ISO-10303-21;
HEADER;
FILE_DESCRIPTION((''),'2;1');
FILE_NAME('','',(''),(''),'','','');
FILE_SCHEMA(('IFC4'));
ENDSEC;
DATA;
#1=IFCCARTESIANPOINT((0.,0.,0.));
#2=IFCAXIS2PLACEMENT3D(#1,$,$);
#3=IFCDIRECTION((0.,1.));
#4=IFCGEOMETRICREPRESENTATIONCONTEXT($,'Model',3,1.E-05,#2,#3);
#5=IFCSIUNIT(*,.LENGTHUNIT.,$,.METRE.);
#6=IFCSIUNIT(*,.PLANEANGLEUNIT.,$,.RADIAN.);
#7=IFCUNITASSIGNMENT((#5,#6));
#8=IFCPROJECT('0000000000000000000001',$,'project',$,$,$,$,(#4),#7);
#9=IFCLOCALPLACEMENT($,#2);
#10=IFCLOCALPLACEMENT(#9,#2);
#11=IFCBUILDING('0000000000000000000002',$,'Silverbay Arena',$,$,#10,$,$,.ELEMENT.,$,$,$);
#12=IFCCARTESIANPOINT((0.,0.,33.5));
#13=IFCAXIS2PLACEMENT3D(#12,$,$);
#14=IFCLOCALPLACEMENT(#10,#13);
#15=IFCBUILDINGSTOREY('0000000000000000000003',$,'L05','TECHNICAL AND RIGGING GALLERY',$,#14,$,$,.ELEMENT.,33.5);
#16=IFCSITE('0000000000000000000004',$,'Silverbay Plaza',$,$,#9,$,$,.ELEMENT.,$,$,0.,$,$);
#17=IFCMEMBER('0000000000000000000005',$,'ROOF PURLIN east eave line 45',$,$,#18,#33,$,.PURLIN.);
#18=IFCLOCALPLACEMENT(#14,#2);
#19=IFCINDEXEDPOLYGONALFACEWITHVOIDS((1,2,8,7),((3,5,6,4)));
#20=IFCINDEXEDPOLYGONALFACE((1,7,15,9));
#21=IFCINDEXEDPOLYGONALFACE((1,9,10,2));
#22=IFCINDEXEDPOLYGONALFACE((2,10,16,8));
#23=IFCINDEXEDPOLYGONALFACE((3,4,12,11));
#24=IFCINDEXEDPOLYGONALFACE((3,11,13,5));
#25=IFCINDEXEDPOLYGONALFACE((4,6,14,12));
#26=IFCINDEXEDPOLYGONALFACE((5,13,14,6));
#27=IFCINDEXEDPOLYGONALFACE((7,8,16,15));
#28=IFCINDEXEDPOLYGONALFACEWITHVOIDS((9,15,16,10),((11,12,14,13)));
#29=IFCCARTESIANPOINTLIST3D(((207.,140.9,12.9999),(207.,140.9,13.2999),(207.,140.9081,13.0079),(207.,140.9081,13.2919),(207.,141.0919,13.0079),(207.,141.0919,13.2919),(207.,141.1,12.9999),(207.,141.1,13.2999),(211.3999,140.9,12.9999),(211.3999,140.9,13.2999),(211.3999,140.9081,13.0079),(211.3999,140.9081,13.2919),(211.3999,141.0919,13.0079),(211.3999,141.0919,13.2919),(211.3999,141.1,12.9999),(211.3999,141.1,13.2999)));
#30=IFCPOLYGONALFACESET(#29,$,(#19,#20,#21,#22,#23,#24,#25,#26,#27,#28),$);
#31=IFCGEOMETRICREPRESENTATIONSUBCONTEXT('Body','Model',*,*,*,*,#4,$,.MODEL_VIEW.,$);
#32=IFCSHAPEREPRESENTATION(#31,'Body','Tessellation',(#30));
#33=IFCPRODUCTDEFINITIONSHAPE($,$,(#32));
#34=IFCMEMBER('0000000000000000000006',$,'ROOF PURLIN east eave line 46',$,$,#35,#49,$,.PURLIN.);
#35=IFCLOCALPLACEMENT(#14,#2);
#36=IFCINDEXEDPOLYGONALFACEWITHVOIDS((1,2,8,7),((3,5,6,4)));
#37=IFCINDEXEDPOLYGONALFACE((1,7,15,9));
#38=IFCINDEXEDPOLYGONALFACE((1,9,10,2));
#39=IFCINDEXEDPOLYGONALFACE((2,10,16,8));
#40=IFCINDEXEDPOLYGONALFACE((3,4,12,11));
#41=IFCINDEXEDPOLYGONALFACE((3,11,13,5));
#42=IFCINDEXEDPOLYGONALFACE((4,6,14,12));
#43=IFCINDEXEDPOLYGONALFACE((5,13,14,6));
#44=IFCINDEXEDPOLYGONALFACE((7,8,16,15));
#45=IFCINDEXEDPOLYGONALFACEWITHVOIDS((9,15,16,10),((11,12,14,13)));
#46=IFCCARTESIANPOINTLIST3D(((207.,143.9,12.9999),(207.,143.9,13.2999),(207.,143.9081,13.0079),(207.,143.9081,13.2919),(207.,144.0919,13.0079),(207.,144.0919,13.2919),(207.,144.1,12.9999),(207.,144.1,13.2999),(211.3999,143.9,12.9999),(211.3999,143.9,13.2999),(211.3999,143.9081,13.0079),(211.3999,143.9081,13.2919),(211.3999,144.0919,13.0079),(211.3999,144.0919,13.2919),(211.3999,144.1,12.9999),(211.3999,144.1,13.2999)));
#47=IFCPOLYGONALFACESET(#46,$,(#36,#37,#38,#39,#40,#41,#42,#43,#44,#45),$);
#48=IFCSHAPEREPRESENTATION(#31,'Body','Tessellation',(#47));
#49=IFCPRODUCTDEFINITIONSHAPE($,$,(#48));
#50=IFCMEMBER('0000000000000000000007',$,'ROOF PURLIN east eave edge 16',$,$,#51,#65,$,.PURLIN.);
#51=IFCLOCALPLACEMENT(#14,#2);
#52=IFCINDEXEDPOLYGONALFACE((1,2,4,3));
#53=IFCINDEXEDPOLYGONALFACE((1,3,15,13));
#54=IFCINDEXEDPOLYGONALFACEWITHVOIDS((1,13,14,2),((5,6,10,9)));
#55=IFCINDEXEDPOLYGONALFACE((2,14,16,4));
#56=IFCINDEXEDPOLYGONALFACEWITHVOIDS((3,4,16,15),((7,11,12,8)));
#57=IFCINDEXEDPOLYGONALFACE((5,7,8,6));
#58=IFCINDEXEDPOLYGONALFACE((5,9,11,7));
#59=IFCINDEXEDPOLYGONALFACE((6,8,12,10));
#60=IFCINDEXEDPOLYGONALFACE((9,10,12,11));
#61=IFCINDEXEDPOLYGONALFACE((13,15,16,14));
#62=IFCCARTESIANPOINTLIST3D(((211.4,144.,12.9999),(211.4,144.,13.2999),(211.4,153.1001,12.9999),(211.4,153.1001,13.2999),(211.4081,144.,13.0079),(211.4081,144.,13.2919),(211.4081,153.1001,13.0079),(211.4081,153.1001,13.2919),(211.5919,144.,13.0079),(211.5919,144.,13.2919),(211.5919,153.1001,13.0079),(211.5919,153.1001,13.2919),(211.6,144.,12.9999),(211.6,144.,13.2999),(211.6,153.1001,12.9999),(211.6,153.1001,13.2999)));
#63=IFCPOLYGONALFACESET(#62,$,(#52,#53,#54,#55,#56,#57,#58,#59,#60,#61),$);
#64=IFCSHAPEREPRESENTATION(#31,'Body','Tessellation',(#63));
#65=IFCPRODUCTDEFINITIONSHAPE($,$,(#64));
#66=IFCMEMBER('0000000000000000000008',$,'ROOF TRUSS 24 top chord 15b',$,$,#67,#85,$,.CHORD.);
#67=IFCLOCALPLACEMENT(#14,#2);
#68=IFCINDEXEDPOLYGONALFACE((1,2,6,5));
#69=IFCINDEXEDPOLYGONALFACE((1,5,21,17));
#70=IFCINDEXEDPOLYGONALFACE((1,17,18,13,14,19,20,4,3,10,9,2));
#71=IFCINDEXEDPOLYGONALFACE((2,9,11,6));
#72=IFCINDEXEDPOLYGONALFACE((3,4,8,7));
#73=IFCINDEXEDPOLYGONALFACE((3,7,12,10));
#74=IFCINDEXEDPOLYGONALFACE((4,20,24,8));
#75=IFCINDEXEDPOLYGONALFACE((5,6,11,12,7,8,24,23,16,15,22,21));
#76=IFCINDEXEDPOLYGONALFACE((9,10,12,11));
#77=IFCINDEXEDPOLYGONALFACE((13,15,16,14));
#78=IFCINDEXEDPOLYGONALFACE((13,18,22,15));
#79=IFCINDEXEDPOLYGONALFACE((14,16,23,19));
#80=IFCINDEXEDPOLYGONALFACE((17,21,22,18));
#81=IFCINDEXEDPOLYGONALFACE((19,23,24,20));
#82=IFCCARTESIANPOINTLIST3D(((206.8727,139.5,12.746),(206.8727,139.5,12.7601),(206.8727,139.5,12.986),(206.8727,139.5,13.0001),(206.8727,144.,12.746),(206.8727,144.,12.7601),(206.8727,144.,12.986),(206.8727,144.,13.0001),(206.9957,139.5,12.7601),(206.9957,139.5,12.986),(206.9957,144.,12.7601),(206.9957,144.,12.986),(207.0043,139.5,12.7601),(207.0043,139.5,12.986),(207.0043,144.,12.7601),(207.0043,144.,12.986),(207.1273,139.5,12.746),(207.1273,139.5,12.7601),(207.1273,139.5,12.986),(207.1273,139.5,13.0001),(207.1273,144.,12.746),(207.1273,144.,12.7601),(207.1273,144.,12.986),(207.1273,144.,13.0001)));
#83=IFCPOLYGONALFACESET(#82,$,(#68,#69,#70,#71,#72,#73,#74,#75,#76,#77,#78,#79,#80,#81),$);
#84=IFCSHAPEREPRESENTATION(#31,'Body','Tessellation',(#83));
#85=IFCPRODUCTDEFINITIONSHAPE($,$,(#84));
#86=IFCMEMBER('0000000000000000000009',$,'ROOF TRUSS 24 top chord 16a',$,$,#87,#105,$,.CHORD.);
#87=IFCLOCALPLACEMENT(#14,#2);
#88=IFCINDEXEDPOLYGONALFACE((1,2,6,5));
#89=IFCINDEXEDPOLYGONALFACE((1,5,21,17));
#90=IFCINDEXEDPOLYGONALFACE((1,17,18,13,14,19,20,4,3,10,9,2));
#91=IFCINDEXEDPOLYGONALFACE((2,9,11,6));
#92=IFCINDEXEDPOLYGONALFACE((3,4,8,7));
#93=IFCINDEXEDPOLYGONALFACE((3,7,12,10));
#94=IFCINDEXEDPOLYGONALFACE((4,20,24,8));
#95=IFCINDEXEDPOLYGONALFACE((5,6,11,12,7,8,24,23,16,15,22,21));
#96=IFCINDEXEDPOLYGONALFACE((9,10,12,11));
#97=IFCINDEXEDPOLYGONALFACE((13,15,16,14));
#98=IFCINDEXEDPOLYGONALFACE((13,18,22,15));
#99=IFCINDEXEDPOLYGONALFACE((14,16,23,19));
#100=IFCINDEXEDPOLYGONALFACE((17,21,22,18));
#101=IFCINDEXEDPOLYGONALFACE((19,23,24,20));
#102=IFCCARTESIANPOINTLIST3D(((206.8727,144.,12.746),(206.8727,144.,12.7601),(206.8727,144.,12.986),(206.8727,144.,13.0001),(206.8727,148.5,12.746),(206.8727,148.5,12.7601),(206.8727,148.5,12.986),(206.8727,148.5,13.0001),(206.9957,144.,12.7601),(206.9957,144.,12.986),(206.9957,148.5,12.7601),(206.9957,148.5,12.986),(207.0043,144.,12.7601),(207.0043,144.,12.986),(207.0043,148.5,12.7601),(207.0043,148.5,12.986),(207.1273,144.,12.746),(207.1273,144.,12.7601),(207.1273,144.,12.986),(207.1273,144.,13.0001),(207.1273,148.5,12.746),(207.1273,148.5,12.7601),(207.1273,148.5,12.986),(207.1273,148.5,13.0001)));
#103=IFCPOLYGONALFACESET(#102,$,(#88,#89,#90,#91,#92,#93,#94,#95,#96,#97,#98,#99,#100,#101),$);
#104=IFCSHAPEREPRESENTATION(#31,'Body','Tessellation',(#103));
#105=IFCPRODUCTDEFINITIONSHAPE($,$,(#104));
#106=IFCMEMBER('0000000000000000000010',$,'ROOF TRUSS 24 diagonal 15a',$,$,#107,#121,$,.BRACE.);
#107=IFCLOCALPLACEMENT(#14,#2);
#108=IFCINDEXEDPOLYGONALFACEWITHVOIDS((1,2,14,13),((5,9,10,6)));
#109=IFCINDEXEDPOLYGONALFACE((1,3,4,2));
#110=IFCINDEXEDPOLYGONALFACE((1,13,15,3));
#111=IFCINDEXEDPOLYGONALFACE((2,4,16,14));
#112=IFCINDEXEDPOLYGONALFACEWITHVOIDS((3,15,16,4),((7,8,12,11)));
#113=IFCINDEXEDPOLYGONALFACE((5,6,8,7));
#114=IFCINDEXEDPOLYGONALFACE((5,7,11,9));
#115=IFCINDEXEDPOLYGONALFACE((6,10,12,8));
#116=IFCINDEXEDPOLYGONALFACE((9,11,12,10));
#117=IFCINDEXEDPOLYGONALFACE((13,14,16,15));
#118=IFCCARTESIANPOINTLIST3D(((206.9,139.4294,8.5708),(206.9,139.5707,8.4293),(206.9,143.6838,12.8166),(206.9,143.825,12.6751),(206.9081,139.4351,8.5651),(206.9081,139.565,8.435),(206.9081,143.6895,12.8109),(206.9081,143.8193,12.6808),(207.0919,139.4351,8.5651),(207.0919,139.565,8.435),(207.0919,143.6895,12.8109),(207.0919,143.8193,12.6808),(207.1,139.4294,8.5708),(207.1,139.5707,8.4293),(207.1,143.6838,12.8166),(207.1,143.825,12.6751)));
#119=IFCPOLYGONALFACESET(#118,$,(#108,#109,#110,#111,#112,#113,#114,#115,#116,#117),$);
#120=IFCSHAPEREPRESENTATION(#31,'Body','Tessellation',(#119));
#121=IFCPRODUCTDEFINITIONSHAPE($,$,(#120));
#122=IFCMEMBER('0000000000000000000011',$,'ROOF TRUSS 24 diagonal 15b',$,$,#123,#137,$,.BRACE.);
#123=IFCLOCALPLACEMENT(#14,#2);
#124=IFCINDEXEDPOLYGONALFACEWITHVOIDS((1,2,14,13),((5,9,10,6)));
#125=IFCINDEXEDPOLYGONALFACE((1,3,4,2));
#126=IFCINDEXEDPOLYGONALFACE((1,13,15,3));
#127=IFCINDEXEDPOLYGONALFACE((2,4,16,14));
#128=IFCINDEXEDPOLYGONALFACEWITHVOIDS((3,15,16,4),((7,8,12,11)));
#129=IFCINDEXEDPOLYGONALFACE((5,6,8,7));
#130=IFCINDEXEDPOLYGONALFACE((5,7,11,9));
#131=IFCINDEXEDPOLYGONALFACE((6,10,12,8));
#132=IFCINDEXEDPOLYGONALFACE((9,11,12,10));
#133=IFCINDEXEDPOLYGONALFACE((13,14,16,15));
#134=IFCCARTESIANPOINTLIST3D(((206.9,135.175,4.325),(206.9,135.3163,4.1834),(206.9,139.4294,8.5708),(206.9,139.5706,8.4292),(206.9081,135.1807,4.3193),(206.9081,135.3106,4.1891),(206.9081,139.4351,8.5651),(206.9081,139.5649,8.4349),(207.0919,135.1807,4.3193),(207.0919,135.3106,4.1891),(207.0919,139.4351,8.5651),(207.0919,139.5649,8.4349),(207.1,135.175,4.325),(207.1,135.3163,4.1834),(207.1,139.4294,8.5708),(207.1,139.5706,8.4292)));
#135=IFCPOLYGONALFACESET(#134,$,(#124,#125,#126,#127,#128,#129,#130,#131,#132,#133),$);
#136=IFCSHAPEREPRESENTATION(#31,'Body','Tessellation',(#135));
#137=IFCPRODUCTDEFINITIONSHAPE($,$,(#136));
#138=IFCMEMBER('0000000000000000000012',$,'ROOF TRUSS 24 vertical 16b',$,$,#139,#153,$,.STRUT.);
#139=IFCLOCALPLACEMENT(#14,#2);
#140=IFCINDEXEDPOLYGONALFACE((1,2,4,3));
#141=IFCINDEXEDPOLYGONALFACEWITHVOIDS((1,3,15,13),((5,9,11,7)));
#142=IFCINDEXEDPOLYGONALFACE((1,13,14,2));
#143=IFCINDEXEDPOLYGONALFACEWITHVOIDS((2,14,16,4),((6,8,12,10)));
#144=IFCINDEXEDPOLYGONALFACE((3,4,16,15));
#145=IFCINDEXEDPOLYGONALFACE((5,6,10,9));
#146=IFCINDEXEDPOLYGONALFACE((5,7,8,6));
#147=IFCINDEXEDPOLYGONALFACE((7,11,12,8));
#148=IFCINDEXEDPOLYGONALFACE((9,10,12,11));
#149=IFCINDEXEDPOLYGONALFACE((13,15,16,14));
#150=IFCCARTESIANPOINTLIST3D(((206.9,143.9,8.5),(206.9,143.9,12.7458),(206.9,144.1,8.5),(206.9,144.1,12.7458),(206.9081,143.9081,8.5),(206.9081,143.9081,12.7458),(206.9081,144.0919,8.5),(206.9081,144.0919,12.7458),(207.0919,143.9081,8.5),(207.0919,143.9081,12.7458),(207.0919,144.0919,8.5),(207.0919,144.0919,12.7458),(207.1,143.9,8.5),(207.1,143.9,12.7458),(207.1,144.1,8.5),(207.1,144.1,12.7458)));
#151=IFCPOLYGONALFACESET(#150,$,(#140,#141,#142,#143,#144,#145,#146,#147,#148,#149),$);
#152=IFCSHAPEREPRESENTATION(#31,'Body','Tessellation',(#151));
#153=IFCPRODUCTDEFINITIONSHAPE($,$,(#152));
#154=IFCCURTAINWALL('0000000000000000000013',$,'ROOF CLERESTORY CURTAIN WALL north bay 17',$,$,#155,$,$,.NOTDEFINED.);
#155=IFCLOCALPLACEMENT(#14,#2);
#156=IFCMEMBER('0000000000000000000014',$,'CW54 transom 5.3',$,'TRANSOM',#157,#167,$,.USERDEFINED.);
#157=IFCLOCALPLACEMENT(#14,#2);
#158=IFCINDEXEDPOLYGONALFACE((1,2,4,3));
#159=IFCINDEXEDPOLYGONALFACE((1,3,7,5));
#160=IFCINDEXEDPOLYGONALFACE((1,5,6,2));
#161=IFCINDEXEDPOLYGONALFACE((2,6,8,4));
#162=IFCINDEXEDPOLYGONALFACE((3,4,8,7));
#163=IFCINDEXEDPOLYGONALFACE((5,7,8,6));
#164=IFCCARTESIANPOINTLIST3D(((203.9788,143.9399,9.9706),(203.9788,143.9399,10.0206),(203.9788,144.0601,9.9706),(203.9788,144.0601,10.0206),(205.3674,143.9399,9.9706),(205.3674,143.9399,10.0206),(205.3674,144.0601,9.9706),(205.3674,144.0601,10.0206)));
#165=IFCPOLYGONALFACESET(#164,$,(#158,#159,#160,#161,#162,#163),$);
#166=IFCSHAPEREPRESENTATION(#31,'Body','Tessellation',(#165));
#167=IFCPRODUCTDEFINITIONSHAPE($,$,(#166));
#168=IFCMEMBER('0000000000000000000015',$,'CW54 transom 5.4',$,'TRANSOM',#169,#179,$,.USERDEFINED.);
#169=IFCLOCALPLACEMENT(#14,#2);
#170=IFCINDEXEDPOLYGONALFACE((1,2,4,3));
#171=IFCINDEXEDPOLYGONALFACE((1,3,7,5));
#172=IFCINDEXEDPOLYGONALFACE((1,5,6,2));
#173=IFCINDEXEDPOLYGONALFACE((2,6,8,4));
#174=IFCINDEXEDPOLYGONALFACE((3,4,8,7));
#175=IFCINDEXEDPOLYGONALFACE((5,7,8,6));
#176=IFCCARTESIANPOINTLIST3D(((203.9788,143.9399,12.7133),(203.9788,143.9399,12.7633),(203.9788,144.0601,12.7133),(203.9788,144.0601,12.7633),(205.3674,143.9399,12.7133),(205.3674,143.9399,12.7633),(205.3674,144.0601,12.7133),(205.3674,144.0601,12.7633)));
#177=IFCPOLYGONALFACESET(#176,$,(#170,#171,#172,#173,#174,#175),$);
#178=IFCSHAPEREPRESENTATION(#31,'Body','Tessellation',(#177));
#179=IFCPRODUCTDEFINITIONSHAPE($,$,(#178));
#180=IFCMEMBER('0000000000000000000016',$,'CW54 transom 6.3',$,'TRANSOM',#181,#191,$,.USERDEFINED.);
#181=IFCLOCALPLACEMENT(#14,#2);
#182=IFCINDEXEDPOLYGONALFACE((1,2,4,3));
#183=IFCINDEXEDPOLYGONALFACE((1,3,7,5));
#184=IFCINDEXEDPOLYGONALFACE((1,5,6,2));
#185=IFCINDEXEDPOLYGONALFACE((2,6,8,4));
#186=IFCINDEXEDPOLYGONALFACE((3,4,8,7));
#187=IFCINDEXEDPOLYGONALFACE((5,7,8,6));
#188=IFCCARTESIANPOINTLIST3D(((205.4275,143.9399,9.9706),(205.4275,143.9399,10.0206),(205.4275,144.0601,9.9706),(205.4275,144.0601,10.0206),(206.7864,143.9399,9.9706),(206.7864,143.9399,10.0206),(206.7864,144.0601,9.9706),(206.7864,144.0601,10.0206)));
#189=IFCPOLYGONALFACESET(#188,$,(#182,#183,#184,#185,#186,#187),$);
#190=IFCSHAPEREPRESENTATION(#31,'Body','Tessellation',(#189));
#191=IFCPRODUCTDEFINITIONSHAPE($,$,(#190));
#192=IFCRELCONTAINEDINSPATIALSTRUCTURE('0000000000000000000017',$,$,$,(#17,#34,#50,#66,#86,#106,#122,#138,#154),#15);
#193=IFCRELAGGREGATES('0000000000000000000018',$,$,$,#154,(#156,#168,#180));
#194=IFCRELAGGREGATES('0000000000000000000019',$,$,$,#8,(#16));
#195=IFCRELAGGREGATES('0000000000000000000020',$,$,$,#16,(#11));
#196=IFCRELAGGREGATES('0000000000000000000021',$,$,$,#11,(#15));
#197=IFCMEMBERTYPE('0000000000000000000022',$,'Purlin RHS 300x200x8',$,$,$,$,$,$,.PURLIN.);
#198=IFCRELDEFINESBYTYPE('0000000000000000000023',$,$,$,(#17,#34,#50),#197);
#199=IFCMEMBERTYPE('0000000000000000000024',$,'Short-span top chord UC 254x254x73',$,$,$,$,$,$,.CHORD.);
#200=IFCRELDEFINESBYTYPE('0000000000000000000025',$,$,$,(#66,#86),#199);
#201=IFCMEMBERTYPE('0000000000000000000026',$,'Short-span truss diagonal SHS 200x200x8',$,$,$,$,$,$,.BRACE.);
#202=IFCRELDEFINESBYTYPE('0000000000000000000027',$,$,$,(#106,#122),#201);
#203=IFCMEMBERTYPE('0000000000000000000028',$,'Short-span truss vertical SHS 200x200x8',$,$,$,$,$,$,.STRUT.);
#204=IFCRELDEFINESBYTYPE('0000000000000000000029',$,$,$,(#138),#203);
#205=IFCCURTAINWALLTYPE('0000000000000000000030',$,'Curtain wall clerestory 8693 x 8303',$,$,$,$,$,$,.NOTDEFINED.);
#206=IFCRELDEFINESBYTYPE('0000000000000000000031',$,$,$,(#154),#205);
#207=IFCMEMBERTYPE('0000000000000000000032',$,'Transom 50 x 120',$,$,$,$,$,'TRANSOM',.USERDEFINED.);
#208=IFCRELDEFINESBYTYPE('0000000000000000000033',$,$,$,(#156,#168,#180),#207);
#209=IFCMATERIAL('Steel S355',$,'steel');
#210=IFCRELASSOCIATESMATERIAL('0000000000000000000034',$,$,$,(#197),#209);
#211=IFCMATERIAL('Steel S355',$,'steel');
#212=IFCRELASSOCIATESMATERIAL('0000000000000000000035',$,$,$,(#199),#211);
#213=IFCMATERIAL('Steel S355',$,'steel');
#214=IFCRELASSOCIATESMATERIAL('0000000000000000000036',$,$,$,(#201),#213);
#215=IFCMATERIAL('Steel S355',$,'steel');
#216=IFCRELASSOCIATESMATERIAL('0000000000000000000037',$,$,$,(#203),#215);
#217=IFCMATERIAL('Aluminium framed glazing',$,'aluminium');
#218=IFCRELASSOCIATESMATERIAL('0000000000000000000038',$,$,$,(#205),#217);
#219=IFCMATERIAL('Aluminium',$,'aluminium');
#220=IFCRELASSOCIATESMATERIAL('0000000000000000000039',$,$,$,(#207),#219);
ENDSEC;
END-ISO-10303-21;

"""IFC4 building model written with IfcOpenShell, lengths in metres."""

from ifc_helpers import new_model, si_unit, direction, frame, origin, origin_2d, place, context, subcontext, project, spatial, rectangle, hollow_rectangle, i_section, extrude, material, material_profile, profile_set, type_object, element, aggregate, save


model = new_model("IFC4")

# Units and contexts
model_context = context("Model", 3, precision=1e-05, world=origin(), true_north=direction((0.0, 1.0)))
body_context = subcontext(model_context, "Body", "Model", "MODEL_VIEW")
ifc_project = project(units=[si_unit("LENGTHUNIT", "METRE"), si_unit("PLANEANGLEUNIT", "RADIAN")], contexts=[model_context])

# Site, building, storey
site_placement = place(None, origin())
site = spatial("IfcSite", under=ifc_project, at=site_placement, Name="Silverbay Plaza", CompositionType="ELEMENT", RefElevation=0.0)
building_placement = place(site_placement, origin())
building = spatial("IfcBuilding", under=site, at=building_placement, Name="Silverbay Arena", CompositionType="ELEMENT")
storey_placement = place(building_placement, frame((0.0, 0.0, 33.5)))
storey = spatial("IfcBuildingStorey", under=building, at=storey_placement, Name="L05", Description="TECHNICAL AND RIGGING GALLERY", CompositionType="ELEMENT", Elevation=33.5)

# Members
ifc_material_1 = material(Name="Steel S355", Category="steel")
ifc_material_profile_1 = material_profile(ifc_material_1, hollow_rectangle(XDim=0.2, YDim=0.3, WallThickness=0.0081, at=origin_2d()), Name="RHS 300x200x8")
ifc_profile_set_1 = profile_set([ifc_material_profile_1], Name="Steel S355")
member_type_1 = type_object("IfcMemberType", Name="Purlin RHS 300x200x8", PredefinedType="PURLIN", material=ifc_profile_set_1)
for number, where, z_axis, x_axis, name in (
    (1, (211.3999, 141.0, 13.1499), (-1.0, 0.0, 0.0), (0.0, -1.0, 0.0), "ROOF PURLIN east eave line 45"),
    (2, (211.3999, 144.0, 13.1499), (-1.0, 0.0, 0.0), (0.0, -1.0, 0.0), "ROOF PURLIN east eave line 46"),
):
    element("IfcMember", number, at=place(storey_placement, frame(where, z_axis=z_axis, x_axis=x_axis)), inside=storey, type_object=member_type_1, Name=name, PredefinedType="PURLIN", context=body_context, shape_type="SweptSolid", body=[
        extrude(hollow_rectangle(XDim=0.2, YDim=0.3, WallThickness=0.0081, at=origin_2d()), origin(), (0.0, 0.0, 1.0), 4.3999),
    ])
member_1_placement = place(storey_placement, frame((211.5, 144.0, 13.1499), z_axis=(0.0, 1.0, 0.0), x_axis=(-1.0, 0.0, 0.0)))
element("IfcMember", 3, at=member_1_placement, inside=storey, type_object=member_type_1, Name="ROOF PURLIN east eave edge 16", PredefinedType="PURLIN", context=body_context, shape_type="SweptSolid", body=[
    extrude(hollow_rectangle(XDim=0.2, YDim=0.3, WallThickness=0.0081, at=origin_2d()), origin(), (0.0, 0.0, 1.0), 9.1001),
])
ifc_material_2 = material(Name="Steel S355", Category="steel")
ifc_material_profile_2 = material_profile(ifc_material_2, i_section(OverallWidth=0.2546, OverallDepth=0.2542, WebThickness=0.0085, FlangeThickness=0.0142, at=origin_2d()), Name="UC 254x254x73")
ifc_profile_set_2 = profile_set([ifc_material_profile_2], Name="Steel S355")
member_type_2 = type_object("IfcMemberType", Name="Short-span top chord UC 254x254x73", PredefinedType="CHORD", material=ifc_profile_set_2)
for number, where, z_axis, x_axis, name in (
    (4, (207.0, 139.5, 12.873), (0.0, 1.0, 0.0), (-1.0, 0.0, 0.0), "ROOF TRUSS 24 top chord 15b"),
    (5, (207.0, 144.0, 12.873), (0.0, 1.0, 0.0), (-1.0, 0.0, 0.0), "ROOF TRUSS 24 top chord 16a"),
):
    element("IfcMember", number, at=place(storey_placement, frame(where, z_axis=z_axis, x_axis=x_axis)), inside=storey, type_object=member_type_2, Name=name, PredefinedType="CHORD", context=body_context, shape_type="SweptSolid", body=[
        extrude(i_section(OverallWidth=0.2546, OverallDepth=0.2542, WebThickness=0.0085, FlangeThickness=0.0142, at=origin_2d()), origin(), (0.0, 0.0, 1.0), 4.5),
    ])
ifc_material_3 = material(Name="Steel S355", Category="steel")
ifc_material_profile_3 = material_profile(ifc_material_3, hollow_rectangle(XDim=0.2, YDim=0.2, WallThickness=0.0081, at=origin_2d()), Name="SHS 200x200x8")
ifc_profile_set_3 = profile_set([ifc_material_profile_3], Name="Steel S355")
member_type_3 = type_object("IfcMemberType", Name="Short-span truss diagonal SHS 200x200x8", PredefinedType="BRACE", material=ifc_profile_set_3)
for number, where, z_axis, x_axis, name in (
    (6, (207.0, 143.7544, 12.7458), (0.0, -0.707817, -0.706396), (1.0, 0.0, 0.0), "ROOF TRUSS 24 diagonal 15a"),
    (7, (207.0, 139.5, 8.5), (0.0, -0.707817, -0.706396), (1.0, 0.0, 0.0), "ROOF TRUSS 24 diagonal 15b"),
):
    element("IfcMember", number, at=place(storey_placement, frame(where, z_axis=z_axis, x_axis=x_axis)), inside=storey, type_object=member_type_3, Name=name, PredefinedType="BRACE", context=body_context, shape_type="SweptSolid", body=[
        extrude(hollow_rectangle(XDim=0.2, YDim=0.2, WallThickness=0.0081, at=origin_2d()), origin(), (0.0, 0.0, 1.0), 6.0105),
    ])
ifc_material_4 = material(Name="Steel S355", Category="steel")
ifc_material_profile_4 = material_profile(ifc_material_4, hollow_rectangle(XDim=0.2, YDim=0.2, WallThickness=0.0081, at=origin_2d()), Name="SHS 200x200x8")
ifc_profile_set_4 = profile_set([ifc_material_profile_4], Name="Steel S355")
member_type_4 = type_object("IfcMemberType", Name="Short-span truss vertical SHS 200x200x8", PredefinedType="STRUT", material=ifc_profile_set_4)
member_2_placement = place(storey_placement, frame((207.0, 144.0, 8.5), z_axis=(0.0, 0.0, 1.0), x_axis=(1.0, 0.0, 0.0)))
element("IfcMember", 8, at=member_2_placement, inside=storey, type_object=member_type_4, Name="ROOF TRUSS 24 vertical 16b", PredefinedType="STRUT", context=body_context, shape_type="SweptSolid", body=[
    extrude(hollow_rectangle(XDim=0.2, YDim=0.2, WallThickness=0.0081, at=origin_2d()), origin(), (0.0, 0.0, 1.0), 4.2458),
])

# Curtain wall, members
ifc_material_5 = material(Name="Aluminium framed glazing", Category="aluminium")
curtain_wall_type_1 = type_object("IfcCurtainWallType", Name="Curtain wall clerestory 8693 x 8303", PredefinedType="NOTDEFINED", material=ifc_material_5)
curtain_wall_1_placement = place(storey_placement, origin())
curtain_wall_1 = element("IfcCurtainWall", 9, at=curtain_wall_1_placement, inside=storey, type_object=curtain_wall_type_1, Name="ROOF CLERESTORY CURTAIN WALL north bay 17", PredefinedType="NOTDEFINED")
ifc_material_6 = material(Name="Aluminium", Category="aluminium")
ifc_material_profile_5 = material_profile(ifc_material_6, rectangle(XDim=0.1201, YDim=0.05, at=origin_2d()), Name="Transom 50 x 120")
ifc_profile_set_5 = profile_set([ifc_material_profile_5], Name="Aluminium")
member_type_5 = type_object("IfcMemberType", Name="Transom 50 x 120", ElementType="TRANSOM", PredefinedType="USERDEFINED", material=ifc_profile_set_5)
member_3_placement = place(storey_placement, frame((203.9788, 144.0, 9.9956), z_axis=(1.0, 0.0, 0.0), x_axis=(0.0, 1.0, 0.0)))
member_3 = element("IfcMember", 10, at=member_3_placement, type_object=member_type_5, Name="CW54 transom 5.3", ObjectType="TRANSOM", PredefinedType="USERDEFINED", context=body_context, shape_type="SweptSolid", body=[
    extrude(rectangle(XDim=0.1201, YDim=0.05, at=origin_2d()), origin(), (0.0, 0.0, 1.0), 1.3887),
])
member_4_placement = place(storey_placement, frame((203.9788, 144.0, 12.7383), z_axis=(1.0, 0.0, 0.0), x_axis=(0.0, 1.0, 0.0)))
member_4 = element("IfcMember", 11, at=member_4_placement, type_object=member_type_5, Name="CW54 transom 5.4", ObjectType="TRANSOM", PredefinedType="USERDEFINED", context=body_context, shape_type="SweptSolid", body=[
    extrude(rectangle(XDim=0.1201, YDim=0.05, at=origin_2d()), origin(), (0.0, 0.0, 1.0), 1.3887),
])
member_5_placement = place(storey_placement, frame((205.4275, 144.0, 9.9956), z_axis=(1.0, 0.0, 0.0), x_axis=(0.0, 1.0, 0.0)))
member_5 = element("IfcMember", 12, at=member_5_placement, type_object=member_type_5, Name="CW54 transom 6.3", ObjectType="TRANSOM", PredefinedType="USERDEFINED", context=body_context, shape_type="SweptSolid", body=[
    extrude(rectangle(XDim=0.1201, YDim=0.05, at=origin_2d()), origin(), (0.0, 0.0, 1.0), 1.3589),
])

aggregate(curtain_wall_1, [member_3, member_4, member_5])

save(model, "model.ifc")
